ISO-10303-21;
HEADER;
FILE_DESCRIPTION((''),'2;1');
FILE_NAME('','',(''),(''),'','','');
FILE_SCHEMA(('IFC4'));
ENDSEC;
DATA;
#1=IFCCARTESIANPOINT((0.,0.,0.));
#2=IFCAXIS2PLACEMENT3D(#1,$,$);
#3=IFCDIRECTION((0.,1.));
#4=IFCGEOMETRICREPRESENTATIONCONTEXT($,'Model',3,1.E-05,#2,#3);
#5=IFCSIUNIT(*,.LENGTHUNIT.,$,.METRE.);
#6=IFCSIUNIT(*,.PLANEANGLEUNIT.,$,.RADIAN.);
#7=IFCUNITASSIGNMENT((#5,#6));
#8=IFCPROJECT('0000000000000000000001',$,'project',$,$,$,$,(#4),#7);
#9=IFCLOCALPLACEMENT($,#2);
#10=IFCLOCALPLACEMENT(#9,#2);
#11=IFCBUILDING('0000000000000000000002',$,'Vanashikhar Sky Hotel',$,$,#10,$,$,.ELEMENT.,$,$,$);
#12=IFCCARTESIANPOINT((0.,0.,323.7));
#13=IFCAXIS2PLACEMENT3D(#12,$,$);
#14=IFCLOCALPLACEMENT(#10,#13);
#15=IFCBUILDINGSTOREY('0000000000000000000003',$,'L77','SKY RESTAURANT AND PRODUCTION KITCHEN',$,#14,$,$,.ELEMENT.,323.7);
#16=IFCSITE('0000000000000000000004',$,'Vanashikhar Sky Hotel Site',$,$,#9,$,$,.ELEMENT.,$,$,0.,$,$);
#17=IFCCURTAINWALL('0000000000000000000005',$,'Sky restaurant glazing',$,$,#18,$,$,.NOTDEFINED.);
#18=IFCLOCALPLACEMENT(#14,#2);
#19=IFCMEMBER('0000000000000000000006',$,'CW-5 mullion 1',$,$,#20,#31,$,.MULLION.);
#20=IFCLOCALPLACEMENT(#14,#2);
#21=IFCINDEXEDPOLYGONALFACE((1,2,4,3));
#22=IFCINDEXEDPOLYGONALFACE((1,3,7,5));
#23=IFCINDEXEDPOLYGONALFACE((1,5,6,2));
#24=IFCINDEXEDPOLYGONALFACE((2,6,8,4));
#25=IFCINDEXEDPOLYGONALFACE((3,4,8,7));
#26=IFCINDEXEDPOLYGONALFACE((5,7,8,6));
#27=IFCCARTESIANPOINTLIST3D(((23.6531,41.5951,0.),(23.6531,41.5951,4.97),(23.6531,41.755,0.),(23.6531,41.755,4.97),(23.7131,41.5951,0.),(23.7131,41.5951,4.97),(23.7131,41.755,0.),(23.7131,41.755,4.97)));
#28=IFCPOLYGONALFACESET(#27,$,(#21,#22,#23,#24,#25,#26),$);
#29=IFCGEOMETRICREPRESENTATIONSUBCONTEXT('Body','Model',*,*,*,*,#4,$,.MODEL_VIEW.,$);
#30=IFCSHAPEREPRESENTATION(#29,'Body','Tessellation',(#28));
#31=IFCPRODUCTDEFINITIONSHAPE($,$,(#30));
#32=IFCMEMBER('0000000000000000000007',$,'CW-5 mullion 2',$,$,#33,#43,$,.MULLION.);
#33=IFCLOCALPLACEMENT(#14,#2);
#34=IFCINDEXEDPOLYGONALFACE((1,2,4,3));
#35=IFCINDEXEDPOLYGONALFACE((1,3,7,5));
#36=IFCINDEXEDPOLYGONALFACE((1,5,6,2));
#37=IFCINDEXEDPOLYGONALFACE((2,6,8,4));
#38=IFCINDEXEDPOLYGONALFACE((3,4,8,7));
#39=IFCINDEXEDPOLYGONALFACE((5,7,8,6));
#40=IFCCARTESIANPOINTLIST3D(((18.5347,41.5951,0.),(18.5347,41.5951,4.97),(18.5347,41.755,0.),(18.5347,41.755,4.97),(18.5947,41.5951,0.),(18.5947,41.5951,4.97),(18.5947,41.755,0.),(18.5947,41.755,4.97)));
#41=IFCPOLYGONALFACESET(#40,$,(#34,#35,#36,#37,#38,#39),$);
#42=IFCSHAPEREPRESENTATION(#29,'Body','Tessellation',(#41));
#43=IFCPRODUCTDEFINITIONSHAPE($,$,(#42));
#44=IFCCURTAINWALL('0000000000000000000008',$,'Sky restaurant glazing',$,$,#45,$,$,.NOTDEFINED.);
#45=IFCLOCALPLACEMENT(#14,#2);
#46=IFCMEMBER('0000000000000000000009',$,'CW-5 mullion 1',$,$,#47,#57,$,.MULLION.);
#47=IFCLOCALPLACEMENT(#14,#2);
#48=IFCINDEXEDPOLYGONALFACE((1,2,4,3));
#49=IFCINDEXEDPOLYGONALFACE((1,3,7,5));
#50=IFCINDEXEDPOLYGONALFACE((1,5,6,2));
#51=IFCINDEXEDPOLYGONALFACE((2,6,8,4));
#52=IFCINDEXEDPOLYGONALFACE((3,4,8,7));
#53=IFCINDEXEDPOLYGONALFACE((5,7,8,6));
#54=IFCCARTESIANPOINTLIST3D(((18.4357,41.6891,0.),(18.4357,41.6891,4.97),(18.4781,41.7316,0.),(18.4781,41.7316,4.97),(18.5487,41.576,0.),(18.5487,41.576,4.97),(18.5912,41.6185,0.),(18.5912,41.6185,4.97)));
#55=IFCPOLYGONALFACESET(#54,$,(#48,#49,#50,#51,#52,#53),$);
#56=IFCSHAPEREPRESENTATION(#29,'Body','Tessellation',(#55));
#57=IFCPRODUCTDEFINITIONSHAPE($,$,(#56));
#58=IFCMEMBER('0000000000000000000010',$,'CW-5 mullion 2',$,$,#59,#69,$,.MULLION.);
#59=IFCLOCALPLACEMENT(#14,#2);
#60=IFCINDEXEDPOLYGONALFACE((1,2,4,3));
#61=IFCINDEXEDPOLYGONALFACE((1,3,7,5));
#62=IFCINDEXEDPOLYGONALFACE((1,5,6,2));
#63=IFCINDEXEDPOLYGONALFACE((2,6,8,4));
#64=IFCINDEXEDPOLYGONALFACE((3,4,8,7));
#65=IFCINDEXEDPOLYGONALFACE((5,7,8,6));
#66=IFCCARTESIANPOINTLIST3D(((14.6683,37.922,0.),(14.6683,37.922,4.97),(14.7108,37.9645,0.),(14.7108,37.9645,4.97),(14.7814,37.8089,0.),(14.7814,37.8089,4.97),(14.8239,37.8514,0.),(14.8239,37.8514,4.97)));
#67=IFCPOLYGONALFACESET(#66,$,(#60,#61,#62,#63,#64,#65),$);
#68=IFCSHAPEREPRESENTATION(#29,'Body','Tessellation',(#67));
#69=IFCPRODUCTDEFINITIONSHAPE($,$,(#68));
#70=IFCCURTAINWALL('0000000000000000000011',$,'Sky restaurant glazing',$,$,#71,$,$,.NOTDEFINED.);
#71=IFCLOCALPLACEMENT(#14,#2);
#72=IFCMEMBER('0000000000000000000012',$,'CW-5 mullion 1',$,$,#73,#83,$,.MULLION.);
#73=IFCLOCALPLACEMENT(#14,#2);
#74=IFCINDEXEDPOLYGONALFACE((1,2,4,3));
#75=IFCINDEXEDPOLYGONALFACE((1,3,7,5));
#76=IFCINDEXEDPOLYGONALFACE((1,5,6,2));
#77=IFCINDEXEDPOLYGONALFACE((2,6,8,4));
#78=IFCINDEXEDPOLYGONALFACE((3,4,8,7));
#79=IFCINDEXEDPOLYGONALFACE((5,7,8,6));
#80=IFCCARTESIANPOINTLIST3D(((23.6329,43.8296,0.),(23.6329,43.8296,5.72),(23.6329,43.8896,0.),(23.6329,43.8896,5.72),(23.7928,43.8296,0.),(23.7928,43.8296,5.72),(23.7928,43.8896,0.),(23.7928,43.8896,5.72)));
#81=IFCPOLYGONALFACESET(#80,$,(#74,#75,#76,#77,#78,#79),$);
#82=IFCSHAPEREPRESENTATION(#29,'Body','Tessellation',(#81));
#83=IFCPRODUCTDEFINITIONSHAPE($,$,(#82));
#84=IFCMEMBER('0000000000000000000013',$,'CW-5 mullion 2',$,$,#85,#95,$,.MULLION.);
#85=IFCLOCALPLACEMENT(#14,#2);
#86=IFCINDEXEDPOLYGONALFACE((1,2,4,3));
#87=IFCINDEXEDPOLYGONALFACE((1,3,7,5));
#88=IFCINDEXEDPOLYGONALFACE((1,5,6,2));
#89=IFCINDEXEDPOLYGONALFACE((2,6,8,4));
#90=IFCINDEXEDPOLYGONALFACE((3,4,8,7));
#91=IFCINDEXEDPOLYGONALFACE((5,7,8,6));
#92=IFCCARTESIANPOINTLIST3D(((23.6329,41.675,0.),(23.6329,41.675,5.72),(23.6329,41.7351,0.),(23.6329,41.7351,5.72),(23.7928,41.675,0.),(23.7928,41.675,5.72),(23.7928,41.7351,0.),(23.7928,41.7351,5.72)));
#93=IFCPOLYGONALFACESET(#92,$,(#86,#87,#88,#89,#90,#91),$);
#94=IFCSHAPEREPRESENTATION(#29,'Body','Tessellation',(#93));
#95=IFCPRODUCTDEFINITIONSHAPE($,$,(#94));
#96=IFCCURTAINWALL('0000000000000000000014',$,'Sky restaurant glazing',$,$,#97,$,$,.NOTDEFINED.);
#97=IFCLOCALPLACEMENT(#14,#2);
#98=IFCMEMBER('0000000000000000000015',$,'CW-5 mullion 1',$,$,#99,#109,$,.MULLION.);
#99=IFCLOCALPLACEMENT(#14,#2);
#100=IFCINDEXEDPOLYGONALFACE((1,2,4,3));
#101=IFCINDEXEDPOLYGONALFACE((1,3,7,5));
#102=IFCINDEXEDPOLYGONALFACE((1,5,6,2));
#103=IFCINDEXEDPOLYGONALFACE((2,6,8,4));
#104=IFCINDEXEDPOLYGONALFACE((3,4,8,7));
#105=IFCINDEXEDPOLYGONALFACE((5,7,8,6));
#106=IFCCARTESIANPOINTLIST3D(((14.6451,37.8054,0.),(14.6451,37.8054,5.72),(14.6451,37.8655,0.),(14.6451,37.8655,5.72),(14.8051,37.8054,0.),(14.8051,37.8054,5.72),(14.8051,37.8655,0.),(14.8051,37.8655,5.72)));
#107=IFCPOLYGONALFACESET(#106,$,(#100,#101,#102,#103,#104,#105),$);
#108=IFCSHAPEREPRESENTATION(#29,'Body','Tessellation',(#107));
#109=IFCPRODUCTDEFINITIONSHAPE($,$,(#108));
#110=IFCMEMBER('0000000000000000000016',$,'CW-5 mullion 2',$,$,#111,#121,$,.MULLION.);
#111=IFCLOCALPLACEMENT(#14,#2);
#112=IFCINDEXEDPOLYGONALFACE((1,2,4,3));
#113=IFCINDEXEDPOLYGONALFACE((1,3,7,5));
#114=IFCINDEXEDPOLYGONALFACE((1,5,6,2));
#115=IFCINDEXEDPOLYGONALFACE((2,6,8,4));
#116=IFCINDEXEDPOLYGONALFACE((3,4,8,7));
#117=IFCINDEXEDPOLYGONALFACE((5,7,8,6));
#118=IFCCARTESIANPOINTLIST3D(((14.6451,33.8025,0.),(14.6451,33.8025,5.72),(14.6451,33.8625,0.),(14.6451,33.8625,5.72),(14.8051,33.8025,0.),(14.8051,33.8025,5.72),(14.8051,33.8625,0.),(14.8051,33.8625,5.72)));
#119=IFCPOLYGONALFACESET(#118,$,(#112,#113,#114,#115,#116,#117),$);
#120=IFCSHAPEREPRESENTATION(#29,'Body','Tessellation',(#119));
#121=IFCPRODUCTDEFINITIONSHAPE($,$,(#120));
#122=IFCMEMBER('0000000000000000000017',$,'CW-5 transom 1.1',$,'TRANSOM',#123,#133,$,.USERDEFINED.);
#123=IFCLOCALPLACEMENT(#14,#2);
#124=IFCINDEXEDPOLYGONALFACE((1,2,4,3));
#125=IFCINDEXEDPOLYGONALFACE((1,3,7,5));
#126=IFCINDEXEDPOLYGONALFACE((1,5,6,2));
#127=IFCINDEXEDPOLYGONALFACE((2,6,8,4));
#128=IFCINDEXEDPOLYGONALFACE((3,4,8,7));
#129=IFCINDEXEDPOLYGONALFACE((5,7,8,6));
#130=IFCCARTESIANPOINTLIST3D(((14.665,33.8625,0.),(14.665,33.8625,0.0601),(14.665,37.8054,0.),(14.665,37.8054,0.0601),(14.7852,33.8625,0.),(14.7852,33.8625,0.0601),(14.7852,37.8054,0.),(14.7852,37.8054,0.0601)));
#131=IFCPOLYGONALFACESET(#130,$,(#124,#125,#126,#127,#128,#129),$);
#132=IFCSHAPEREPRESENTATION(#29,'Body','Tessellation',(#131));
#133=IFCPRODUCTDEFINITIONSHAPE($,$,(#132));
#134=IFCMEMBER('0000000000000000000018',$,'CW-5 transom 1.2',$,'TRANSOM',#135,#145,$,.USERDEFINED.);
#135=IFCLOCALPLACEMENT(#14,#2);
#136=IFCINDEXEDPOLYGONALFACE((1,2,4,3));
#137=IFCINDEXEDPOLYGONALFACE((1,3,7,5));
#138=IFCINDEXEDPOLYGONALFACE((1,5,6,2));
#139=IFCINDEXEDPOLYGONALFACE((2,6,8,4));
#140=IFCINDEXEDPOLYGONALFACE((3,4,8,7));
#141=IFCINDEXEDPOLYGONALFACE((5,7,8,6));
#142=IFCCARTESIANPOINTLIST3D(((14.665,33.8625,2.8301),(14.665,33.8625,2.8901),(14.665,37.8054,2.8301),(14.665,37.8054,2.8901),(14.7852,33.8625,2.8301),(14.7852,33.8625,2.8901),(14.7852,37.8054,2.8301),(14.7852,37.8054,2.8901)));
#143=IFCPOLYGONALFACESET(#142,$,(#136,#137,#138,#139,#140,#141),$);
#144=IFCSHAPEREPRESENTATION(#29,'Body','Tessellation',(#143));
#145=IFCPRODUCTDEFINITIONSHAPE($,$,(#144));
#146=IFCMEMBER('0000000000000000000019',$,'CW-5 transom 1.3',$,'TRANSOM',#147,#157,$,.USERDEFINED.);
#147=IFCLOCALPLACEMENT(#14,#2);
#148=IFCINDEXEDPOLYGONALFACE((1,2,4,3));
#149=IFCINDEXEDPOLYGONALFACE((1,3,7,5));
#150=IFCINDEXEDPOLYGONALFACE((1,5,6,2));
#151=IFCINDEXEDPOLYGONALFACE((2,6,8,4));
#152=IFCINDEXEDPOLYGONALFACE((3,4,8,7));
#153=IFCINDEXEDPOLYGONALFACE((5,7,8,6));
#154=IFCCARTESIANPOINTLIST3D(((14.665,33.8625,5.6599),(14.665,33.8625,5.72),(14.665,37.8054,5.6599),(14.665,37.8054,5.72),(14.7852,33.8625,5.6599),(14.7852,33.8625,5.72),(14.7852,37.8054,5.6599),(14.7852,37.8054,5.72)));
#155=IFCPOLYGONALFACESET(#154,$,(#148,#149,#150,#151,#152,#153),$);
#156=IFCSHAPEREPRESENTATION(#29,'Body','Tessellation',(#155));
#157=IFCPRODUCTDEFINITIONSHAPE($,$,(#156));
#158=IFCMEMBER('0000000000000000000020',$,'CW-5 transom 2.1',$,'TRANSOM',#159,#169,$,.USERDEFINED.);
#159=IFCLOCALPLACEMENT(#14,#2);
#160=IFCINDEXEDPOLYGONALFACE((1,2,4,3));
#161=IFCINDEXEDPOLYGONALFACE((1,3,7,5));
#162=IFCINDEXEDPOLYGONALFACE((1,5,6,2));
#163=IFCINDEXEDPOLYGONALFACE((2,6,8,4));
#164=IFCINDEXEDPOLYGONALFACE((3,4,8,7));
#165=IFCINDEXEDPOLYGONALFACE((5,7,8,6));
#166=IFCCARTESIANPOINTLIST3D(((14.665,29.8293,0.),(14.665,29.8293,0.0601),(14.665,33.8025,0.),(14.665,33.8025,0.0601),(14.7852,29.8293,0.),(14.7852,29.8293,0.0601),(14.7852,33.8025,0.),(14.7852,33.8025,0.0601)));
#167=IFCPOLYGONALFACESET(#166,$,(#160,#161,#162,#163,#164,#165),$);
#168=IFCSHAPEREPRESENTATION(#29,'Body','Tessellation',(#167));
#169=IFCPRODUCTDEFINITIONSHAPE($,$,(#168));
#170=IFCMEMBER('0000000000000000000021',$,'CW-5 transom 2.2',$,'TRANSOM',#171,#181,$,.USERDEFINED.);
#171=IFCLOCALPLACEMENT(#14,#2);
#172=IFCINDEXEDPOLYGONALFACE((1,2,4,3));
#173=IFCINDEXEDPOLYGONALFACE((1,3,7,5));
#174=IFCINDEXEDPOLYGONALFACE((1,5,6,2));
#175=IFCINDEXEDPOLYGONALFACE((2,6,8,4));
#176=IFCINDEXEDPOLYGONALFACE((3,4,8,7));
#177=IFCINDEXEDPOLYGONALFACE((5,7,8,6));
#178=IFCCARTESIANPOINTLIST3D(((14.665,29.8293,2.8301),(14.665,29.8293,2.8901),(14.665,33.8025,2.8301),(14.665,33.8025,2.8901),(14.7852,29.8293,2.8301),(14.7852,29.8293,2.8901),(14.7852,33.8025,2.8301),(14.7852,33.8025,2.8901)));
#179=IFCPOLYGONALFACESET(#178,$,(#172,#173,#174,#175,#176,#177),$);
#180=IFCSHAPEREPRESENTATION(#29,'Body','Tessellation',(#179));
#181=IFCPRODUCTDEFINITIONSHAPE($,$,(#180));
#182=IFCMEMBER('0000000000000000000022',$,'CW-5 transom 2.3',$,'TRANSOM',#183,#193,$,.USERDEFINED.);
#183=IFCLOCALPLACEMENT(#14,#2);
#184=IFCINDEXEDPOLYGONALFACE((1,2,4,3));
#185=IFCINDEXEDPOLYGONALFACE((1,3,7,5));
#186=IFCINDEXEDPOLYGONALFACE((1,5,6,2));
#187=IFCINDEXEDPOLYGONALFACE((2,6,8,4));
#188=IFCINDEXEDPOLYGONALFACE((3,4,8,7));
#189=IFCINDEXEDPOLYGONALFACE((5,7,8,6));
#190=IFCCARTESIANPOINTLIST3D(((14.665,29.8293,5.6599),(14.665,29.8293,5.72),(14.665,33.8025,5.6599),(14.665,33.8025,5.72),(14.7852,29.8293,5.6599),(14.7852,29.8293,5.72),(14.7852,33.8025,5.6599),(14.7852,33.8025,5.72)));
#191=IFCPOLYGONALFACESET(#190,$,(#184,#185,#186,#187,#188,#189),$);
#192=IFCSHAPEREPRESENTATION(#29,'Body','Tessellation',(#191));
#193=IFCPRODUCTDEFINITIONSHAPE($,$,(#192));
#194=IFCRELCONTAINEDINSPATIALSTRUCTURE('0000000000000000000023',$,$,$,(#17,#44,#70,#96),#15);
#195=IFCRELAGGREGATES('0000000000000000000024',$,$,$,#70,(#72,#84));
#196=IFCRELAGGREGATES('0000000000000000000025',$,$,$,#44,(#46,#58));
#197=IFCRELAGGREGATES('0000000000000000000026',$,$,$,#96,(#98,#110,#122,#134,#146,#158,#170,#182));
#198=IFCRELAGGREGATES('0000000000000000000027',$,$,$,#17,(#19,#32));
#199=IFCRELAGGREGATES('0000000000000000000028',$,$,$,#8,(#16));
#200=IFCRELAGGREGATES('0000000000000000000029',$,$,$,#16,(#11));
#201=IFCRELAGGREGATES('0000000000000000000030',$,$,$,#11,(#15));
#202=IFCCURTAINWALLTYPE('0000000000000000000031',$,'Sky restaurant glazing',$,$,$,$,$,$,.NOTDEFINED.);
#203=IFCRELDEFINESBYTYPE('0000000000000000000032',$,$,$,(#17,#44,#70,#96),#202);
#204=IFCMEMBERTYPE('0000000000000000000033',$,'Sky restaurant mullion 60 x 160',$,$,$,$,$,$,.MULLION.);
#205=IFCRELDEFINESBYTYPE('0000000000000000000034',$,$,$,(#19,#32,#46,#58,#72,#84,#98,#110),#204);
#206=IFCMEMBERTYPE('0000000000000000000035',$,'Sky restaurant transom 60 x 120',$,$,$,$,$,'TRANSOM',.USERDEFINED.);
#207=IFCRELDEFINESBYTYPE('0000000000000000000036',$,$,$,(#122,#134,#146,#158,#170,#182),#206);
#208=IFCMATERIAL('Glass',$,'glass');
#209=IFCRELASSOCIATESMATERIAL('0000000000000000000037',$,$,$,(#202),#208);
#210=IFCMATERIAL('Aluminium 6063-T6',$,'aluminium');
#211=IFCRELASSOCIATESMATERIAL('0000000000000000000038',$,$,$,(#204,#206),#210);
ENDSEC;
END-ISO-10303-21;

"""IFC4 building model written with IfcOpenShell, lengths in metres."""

from ifc_helpers import new_model, si_unit, direction, frame, origin, origin_2d, place, context, subcontext, project, spatial, rectangle, extrude, source, transform, mapped, material, material_profile, profile_set, type_object, element, aggregate, save


model = new_model("IFC4")

# Units and contexts
model_context = context("Model", 3, precision=1e-05, world=origin(), true_north=direction((0.0, 1.0)))
body_context = subcontext(model_context, "Body", "Model", "MODEL_VIEW")
ifc_project = project(units=[si_unit("LENGTHUNIT", "METRE"), si_unit("PLANEANGLEUNIT", "RADIAN")], contexts=[model_context])

# Site, building, storey
site_placement = place(None, origin())
site = spatial("IfcSite", under=ifc_project, at=site_placement, Name="Vanashikhar Sky Hotel Site", CompositionType="ELEMENT", RefElevation=0.0)
building_placement = place(site_placement, origin())
building = spatial("IfcBuilding", under=site, at=building_placement, Name="Vanashikhar Sky Hotel", CompositionType="ELEMENT")
storey_placement = place(building_placement, frame((0.0, 0.0, 323.7)))
storey = spatial("IfcBuildingStorey", under=building, at=storey_placement, Name="L77", Description="SKY RESTAURANT AND PRODUCTION KITCHEN", CompositionType="ELEMENT", Elevation=323.7)

# Curtain walls, members
ifc_material_1 = material(Name="Glass", Category="glass")
curtain_wall_type = type_object("IfcCurtainWallType", Name="Sky restaurant glazing", PredefinedType="NOTDEFINED", material=ifc_material_1)
curtain_wall_1_placement = place(storey_placement, origin())
curtain_wall_1 = element("IfcCurtainWall", 1, at=curtain_wall_1_placement, inside=storey, type_object=curtain_wall_type, Name="Sky restaurant glazing", PredefinedType="NOTDEFINED")
ifc_material_2 = material(Name="Aluminium 6063-T6", Category="aluminium")
ifc_material_profile_1 = material_profile(ifc_material_2, rectangle(XDim=0.1599, YDim=0.0601, at=origin_2d()))
ifc_profile_set_1 = profile_set([ifc_material_profile_1], Name="Aluminium 6063-T6")
member_type_1 = type_object("IfcMemberType", Name="Sky restaurant mullion 60 x 160", PredefinedType="MULLION", material=ifc_profile_set_1)
shared_shape_1 = source(origin(), body_context, "Body", "SweptSolid", [
    extrude(rectangle(XDim=0.1599, YDim=0.0601, at=origin_2d()), origin(), (0.0, 0.0, 1.0), 4.97),
])
member_1_placement = place(storey_placement, frame((23.6831, 41.675, 0.0), z_axis=(0.0, 0.0, 1.0), x_axis=(0.0, -1.0, 0.0)))
member_1 = element("IfcMember", 2, at=member_1_placement, type_object=member_type_1, Name="CW-5 mullion 1", PredefinedType="MULLION", context=body_context, shape_type="MappedRepresentation", body=[
    mapped(shared_shape_1, transform((0.0, 0.0, 0.0), scale=1.0)),
])
member_2_placement = place(storey_placement, frame((18.5647, 41.675, 0.0), z_axis=(0.0, 0.0, 1.0), x_axis=(0.0, -1.0, 0.0)))
member_2 = element("IfcMember", 3, at=member_2_placement, type_object=member_type_1, Name="CW-5 mullion 2", PredefinedType="MULLION", context=body_context, shape_type="MappedRepresentation", body=[
    mapped(shared_shape_1, transform((0.0, 0.0, 0.0), scale=1.0)),
])
curtain_wall_2_placement = place(storey_placement, origin())
curtain_wall_2 = element("IfcCurtainWall", 4, at=curtain_wall_2_placement, inside=storey, type_object=curtain_wall_type, Name="Sky restaurant glazing", PredefinedType="NOTDEFINED")
member_3_placement = place(storey_placement, frame((18.5134, 41.6538, 0.0), z_axis=(0.0, 0.0, 1.0), x_axis=(0.707107, -0.707107, 0.0)))
member_3 = element("IfcMember", 5, at=member_3_placement, type_object=member_type_1, Name="CW-5 mullion 1", PredefinedType="MULLION", context=body_context, shape_type="MappedRepresentation", body=[
    mapped(shared_shape_1, transform((0.0, 0.0, 0.0), scale=1.0)),
])
member_4_placement = place(storey_placement, frame((14.7461, 37.8867, 0.0), z_axis=(0.0, 0.0, 1.0), x_axis=(0.707107, -0.707107, 0.0)))
member_4 = element("IfcMember", 6, at=member_4_placement, type_object=member_type_1, Name="CW-5 mullion 2", PredefinedType="MULLION", context=body_context, shape_type="MappedRepresentation", body=[
    mapped(shared_shape_1, transform((0.0, 0.0, 0.0), scale=1.0)),
])
curtain_wall_3_placement = place(storey_placement, origin())
curtain_wall_3 = element("IfcCurtainWall", 7, at=curtain_wall_3_placement, inside=storey, type_object=curtain_wall_type, Name="Sky restaurant glazing", PredefinedType="NOTDEFINED")
shared_shape_2 = source(origin(), body_context, "Body", "SweptSolid", [
    extrude(rectangle(XDim=0.1599, YDim=0.0601, at=origin_2d()), origin(), (0.0, 0.0, 1.0), 5.72),
])
member_5_placement = place(storey_placement, frame((23.7129, 43.8596, 0.0), z_axis=(0.0, 0.0, 1.0), x_axis=(1.0, 0.0, 0.0)))
member_5 = element("IfcMember", 8, at=member_5_placement, type_object=member_type_1, Name="CW-5 mullion 1", PredefinedType="MULLION", context=body_context, shape_type="MappedRepresentation", body=[
    mapped(shared_shape_2, transform((0.0, 0.0, 0.0), scale=1.0)),
])
member_6_placement = place(storey_placement, frame((23.7129, 41.7051, 0.0), z_axis=(0.0, 0.0, 1.0), x_axis=(1.0, 0.0, 0.0)))
member_6 = element("IfcMember", 9, at=member_6_placement, type_object=member_type_1, Name="CW-5 mullion 2", PredefinedType="MULLION", context=body_context, shape_type="MappedRepresentation", body=[
    mapped(shared_shape_2, transform((0.0, 0.0, 0.0), scale=1.0)),
])
curtain_wall_4_placement = place(storey_placement, origin())
curtain_wall_4 = element("IfcCurtainWall", 10, at=curtain_wall_4_placement, inside=storey, type_object=curtain_wall_type, Name="Sky restaurant glazing", PredefinedType="NOTDEFINED")
member_7_placement = place(storey_placement, frame((14.7251, 37.8354, 0.0), z_axis=(0.0, 0.0, 1.0), x_axis=(1.0, 0.0, 0.0)))
member_7 = element("IfcMember", 11, at=member_7_placement, type_object=member_type_1, Name="CW-5 mullion 1", PredefinedType="MULLION", context=body_context, shape_type="MappedRepresentation", body=[
    mapped(shared_shape_2, transform((0.0, 0.0, 0.0), scale=1.0)),
])
member_8_placement = place(storey_placement, frame((14.7251, 33.8325, 0.0), z_axis=(0.0, 0.0, 1.0), x_axis=(1.0, 0.0, 0.0)))
member_8 = element("IfcMember", 12, at=member_8_placement, type_object=member_type_1, Name="CW-5 mullion 2", PredefinedType="MULLION", context=body_context, shape_type="MappedRepresentation", body=[
    mapped(shared_shape_2, transform((0.0, 0.0, 0.0), scale=1.0)),
])
ifc_material_profile_2 = material_profile(ifc_material_2, rectangle(XDim=0.1201, YDim=0.0601, at=origin_2d()))
ifc_profile_set_2 = profile_set([ifc_material_profile_2], Name="Aluminium 6063-T6")
member_type_2 = type_object("IfcMemberType", Name="Sky restaurant transom 60 x 120", ElementType="TRANSOM", PredefinedType="USERDEFINED", material=ifc_profile_set_2)
shared_shape_3 = source(origin(), body_context, "Body", "SweptSolid", [
    extrude(rectangle(XDim=0.1201, YDim=0.0601, at=origin_2d()), origin(), (0.0, 0.0, 1.0), 3.9429),
])
member_9_placement = place(storey_placement, frame((14.7251, 37.8054, 0.03), z_axis=(0.0, -1.0, 0.0), x_axis=(1.0, 0.0, 0.0)))
member_9 = element("IfcMember", 13, at=member_9_placement, type_object=member_type_2, Name="CW-5 transom 1.1", ObjectType="TRANSOM", PredefinedType="USERDEFINED", context=body_context, shape_type="MappedRepresentation", body=[
    mapped(shared_shape_3, transform((0.0, 0.0, 0.0), scale=1.0)),
])
member_10_placement = place(storey_placement, frame((14.7251, 37.8054, 2.8601), z_axis=(0.0, -1.0, 0.0), x_axis=(1.0, 0.0, 0.0)))
member_10 = element("IfcMember", 14, at=member_10_placement, type_object=member_type_2, Name="CW-5 transom 1.2", ObjectType="TRANSOM", PredefinedType="USERDEFINED", context=body_context, shape_type="MappedRepresentation", body=[
    mapped(shared_shape_3, transform((0.0, 0.0, 0.0), scale=1.0)),
])
member_11_placement = place(storey_placement, frame((14.7251, 37.8054, 5.6899), z_axis=(0.0, -1.0, 0.0), x_axis=(1.0, 0.0, 0.0)))
member_11 = element("IfcMember", 15, at=member_11_placement, type_object=member_type_2, Name="CW-5 transom 1.3", ObjectType="TRANSOM", PredefinedType="USERDEFINED", context=body_context, shape_type="MappedRepresentation", body=[
    mapped(shared_shape_3, transform((0.0, 0.0, 0.0), scale=1.0)),
])
shared_shape_4 = source(origin(), body_context, "Body", "SweptSolid", [
    extrude(rectangle(XDim=0.1201, YDim=0.0601, at=origin_2d()), origin(), (0.0, 0.0, 1.0), 3.9731),
])
member_12_placement = place(storey_placement, frame((14.7251, 33.8025, 0.03), z_axis=(0.0, -1.0, 0.0), x_axis=(1.0, 0.0, 0.0)))
member_12 = element("IfcMember", 16, at=member_12_placement, type_object=member_type_2, Name="CW-5 transom 2.1", ObjectType="TRANSOM", PredefinedType="USERDEFINED", context=body_context, shape_type="MappedRepresentation", body=[
    mapped(shared_shape_4, transform((0.0, 0.0, 0.0), scale=1.0)),
])
member_13_placement = place(storey_placement, frame((14.7251, 33.8025, 2.8601), z_axis=(0.0, -1.0, 0.0), x_axis=(1.0, 0.0, 0.0)))
member_13 = element("IfcMember", 17, at=member_13_placement, type_object=member_type_2, Name="CW-5 transom 2.2", ObjectType="TRANSOM", PredefinedType="USERDEFINED", context=body_context, shape_type="MappedRepresentation", body=[
    mapped(shared_shape_4, transform((0.0, 0.0, 0.0), scale=1.0)),
])
member_14_placement = place(storey_placement, frame((14.7251, 33.8025, 5.6899), z_axis=(0.0, -1.0, 0.0), x_axis=(1.0, 0.0, 0.0)))
member_14 = element("IfcMember", 18, at=member_14_placement, type_object=member_type_2, Name="CW-5 transom 2.3", ObjectType="TRANSOM", PredefinedType="USERDEFINED", context=body_context, shape_type="MappedRepresentation", body=[
    mapped(shared_shape_4, transform((0.0, 0.0, 0.0), scale=1.0)),
])

aggregate(curtain_wall_3, [member_5, member_6])

aggregate(curtain_wall_2, [member_3, member_4])
aggregate(curtain_wall_4, [member_7, member_8, member_9, member_10, member_11, member_12, member_13, member_14])
aggregate(curtain_wall_1, [member_1, member_2])

save(model, "model.ifc")
